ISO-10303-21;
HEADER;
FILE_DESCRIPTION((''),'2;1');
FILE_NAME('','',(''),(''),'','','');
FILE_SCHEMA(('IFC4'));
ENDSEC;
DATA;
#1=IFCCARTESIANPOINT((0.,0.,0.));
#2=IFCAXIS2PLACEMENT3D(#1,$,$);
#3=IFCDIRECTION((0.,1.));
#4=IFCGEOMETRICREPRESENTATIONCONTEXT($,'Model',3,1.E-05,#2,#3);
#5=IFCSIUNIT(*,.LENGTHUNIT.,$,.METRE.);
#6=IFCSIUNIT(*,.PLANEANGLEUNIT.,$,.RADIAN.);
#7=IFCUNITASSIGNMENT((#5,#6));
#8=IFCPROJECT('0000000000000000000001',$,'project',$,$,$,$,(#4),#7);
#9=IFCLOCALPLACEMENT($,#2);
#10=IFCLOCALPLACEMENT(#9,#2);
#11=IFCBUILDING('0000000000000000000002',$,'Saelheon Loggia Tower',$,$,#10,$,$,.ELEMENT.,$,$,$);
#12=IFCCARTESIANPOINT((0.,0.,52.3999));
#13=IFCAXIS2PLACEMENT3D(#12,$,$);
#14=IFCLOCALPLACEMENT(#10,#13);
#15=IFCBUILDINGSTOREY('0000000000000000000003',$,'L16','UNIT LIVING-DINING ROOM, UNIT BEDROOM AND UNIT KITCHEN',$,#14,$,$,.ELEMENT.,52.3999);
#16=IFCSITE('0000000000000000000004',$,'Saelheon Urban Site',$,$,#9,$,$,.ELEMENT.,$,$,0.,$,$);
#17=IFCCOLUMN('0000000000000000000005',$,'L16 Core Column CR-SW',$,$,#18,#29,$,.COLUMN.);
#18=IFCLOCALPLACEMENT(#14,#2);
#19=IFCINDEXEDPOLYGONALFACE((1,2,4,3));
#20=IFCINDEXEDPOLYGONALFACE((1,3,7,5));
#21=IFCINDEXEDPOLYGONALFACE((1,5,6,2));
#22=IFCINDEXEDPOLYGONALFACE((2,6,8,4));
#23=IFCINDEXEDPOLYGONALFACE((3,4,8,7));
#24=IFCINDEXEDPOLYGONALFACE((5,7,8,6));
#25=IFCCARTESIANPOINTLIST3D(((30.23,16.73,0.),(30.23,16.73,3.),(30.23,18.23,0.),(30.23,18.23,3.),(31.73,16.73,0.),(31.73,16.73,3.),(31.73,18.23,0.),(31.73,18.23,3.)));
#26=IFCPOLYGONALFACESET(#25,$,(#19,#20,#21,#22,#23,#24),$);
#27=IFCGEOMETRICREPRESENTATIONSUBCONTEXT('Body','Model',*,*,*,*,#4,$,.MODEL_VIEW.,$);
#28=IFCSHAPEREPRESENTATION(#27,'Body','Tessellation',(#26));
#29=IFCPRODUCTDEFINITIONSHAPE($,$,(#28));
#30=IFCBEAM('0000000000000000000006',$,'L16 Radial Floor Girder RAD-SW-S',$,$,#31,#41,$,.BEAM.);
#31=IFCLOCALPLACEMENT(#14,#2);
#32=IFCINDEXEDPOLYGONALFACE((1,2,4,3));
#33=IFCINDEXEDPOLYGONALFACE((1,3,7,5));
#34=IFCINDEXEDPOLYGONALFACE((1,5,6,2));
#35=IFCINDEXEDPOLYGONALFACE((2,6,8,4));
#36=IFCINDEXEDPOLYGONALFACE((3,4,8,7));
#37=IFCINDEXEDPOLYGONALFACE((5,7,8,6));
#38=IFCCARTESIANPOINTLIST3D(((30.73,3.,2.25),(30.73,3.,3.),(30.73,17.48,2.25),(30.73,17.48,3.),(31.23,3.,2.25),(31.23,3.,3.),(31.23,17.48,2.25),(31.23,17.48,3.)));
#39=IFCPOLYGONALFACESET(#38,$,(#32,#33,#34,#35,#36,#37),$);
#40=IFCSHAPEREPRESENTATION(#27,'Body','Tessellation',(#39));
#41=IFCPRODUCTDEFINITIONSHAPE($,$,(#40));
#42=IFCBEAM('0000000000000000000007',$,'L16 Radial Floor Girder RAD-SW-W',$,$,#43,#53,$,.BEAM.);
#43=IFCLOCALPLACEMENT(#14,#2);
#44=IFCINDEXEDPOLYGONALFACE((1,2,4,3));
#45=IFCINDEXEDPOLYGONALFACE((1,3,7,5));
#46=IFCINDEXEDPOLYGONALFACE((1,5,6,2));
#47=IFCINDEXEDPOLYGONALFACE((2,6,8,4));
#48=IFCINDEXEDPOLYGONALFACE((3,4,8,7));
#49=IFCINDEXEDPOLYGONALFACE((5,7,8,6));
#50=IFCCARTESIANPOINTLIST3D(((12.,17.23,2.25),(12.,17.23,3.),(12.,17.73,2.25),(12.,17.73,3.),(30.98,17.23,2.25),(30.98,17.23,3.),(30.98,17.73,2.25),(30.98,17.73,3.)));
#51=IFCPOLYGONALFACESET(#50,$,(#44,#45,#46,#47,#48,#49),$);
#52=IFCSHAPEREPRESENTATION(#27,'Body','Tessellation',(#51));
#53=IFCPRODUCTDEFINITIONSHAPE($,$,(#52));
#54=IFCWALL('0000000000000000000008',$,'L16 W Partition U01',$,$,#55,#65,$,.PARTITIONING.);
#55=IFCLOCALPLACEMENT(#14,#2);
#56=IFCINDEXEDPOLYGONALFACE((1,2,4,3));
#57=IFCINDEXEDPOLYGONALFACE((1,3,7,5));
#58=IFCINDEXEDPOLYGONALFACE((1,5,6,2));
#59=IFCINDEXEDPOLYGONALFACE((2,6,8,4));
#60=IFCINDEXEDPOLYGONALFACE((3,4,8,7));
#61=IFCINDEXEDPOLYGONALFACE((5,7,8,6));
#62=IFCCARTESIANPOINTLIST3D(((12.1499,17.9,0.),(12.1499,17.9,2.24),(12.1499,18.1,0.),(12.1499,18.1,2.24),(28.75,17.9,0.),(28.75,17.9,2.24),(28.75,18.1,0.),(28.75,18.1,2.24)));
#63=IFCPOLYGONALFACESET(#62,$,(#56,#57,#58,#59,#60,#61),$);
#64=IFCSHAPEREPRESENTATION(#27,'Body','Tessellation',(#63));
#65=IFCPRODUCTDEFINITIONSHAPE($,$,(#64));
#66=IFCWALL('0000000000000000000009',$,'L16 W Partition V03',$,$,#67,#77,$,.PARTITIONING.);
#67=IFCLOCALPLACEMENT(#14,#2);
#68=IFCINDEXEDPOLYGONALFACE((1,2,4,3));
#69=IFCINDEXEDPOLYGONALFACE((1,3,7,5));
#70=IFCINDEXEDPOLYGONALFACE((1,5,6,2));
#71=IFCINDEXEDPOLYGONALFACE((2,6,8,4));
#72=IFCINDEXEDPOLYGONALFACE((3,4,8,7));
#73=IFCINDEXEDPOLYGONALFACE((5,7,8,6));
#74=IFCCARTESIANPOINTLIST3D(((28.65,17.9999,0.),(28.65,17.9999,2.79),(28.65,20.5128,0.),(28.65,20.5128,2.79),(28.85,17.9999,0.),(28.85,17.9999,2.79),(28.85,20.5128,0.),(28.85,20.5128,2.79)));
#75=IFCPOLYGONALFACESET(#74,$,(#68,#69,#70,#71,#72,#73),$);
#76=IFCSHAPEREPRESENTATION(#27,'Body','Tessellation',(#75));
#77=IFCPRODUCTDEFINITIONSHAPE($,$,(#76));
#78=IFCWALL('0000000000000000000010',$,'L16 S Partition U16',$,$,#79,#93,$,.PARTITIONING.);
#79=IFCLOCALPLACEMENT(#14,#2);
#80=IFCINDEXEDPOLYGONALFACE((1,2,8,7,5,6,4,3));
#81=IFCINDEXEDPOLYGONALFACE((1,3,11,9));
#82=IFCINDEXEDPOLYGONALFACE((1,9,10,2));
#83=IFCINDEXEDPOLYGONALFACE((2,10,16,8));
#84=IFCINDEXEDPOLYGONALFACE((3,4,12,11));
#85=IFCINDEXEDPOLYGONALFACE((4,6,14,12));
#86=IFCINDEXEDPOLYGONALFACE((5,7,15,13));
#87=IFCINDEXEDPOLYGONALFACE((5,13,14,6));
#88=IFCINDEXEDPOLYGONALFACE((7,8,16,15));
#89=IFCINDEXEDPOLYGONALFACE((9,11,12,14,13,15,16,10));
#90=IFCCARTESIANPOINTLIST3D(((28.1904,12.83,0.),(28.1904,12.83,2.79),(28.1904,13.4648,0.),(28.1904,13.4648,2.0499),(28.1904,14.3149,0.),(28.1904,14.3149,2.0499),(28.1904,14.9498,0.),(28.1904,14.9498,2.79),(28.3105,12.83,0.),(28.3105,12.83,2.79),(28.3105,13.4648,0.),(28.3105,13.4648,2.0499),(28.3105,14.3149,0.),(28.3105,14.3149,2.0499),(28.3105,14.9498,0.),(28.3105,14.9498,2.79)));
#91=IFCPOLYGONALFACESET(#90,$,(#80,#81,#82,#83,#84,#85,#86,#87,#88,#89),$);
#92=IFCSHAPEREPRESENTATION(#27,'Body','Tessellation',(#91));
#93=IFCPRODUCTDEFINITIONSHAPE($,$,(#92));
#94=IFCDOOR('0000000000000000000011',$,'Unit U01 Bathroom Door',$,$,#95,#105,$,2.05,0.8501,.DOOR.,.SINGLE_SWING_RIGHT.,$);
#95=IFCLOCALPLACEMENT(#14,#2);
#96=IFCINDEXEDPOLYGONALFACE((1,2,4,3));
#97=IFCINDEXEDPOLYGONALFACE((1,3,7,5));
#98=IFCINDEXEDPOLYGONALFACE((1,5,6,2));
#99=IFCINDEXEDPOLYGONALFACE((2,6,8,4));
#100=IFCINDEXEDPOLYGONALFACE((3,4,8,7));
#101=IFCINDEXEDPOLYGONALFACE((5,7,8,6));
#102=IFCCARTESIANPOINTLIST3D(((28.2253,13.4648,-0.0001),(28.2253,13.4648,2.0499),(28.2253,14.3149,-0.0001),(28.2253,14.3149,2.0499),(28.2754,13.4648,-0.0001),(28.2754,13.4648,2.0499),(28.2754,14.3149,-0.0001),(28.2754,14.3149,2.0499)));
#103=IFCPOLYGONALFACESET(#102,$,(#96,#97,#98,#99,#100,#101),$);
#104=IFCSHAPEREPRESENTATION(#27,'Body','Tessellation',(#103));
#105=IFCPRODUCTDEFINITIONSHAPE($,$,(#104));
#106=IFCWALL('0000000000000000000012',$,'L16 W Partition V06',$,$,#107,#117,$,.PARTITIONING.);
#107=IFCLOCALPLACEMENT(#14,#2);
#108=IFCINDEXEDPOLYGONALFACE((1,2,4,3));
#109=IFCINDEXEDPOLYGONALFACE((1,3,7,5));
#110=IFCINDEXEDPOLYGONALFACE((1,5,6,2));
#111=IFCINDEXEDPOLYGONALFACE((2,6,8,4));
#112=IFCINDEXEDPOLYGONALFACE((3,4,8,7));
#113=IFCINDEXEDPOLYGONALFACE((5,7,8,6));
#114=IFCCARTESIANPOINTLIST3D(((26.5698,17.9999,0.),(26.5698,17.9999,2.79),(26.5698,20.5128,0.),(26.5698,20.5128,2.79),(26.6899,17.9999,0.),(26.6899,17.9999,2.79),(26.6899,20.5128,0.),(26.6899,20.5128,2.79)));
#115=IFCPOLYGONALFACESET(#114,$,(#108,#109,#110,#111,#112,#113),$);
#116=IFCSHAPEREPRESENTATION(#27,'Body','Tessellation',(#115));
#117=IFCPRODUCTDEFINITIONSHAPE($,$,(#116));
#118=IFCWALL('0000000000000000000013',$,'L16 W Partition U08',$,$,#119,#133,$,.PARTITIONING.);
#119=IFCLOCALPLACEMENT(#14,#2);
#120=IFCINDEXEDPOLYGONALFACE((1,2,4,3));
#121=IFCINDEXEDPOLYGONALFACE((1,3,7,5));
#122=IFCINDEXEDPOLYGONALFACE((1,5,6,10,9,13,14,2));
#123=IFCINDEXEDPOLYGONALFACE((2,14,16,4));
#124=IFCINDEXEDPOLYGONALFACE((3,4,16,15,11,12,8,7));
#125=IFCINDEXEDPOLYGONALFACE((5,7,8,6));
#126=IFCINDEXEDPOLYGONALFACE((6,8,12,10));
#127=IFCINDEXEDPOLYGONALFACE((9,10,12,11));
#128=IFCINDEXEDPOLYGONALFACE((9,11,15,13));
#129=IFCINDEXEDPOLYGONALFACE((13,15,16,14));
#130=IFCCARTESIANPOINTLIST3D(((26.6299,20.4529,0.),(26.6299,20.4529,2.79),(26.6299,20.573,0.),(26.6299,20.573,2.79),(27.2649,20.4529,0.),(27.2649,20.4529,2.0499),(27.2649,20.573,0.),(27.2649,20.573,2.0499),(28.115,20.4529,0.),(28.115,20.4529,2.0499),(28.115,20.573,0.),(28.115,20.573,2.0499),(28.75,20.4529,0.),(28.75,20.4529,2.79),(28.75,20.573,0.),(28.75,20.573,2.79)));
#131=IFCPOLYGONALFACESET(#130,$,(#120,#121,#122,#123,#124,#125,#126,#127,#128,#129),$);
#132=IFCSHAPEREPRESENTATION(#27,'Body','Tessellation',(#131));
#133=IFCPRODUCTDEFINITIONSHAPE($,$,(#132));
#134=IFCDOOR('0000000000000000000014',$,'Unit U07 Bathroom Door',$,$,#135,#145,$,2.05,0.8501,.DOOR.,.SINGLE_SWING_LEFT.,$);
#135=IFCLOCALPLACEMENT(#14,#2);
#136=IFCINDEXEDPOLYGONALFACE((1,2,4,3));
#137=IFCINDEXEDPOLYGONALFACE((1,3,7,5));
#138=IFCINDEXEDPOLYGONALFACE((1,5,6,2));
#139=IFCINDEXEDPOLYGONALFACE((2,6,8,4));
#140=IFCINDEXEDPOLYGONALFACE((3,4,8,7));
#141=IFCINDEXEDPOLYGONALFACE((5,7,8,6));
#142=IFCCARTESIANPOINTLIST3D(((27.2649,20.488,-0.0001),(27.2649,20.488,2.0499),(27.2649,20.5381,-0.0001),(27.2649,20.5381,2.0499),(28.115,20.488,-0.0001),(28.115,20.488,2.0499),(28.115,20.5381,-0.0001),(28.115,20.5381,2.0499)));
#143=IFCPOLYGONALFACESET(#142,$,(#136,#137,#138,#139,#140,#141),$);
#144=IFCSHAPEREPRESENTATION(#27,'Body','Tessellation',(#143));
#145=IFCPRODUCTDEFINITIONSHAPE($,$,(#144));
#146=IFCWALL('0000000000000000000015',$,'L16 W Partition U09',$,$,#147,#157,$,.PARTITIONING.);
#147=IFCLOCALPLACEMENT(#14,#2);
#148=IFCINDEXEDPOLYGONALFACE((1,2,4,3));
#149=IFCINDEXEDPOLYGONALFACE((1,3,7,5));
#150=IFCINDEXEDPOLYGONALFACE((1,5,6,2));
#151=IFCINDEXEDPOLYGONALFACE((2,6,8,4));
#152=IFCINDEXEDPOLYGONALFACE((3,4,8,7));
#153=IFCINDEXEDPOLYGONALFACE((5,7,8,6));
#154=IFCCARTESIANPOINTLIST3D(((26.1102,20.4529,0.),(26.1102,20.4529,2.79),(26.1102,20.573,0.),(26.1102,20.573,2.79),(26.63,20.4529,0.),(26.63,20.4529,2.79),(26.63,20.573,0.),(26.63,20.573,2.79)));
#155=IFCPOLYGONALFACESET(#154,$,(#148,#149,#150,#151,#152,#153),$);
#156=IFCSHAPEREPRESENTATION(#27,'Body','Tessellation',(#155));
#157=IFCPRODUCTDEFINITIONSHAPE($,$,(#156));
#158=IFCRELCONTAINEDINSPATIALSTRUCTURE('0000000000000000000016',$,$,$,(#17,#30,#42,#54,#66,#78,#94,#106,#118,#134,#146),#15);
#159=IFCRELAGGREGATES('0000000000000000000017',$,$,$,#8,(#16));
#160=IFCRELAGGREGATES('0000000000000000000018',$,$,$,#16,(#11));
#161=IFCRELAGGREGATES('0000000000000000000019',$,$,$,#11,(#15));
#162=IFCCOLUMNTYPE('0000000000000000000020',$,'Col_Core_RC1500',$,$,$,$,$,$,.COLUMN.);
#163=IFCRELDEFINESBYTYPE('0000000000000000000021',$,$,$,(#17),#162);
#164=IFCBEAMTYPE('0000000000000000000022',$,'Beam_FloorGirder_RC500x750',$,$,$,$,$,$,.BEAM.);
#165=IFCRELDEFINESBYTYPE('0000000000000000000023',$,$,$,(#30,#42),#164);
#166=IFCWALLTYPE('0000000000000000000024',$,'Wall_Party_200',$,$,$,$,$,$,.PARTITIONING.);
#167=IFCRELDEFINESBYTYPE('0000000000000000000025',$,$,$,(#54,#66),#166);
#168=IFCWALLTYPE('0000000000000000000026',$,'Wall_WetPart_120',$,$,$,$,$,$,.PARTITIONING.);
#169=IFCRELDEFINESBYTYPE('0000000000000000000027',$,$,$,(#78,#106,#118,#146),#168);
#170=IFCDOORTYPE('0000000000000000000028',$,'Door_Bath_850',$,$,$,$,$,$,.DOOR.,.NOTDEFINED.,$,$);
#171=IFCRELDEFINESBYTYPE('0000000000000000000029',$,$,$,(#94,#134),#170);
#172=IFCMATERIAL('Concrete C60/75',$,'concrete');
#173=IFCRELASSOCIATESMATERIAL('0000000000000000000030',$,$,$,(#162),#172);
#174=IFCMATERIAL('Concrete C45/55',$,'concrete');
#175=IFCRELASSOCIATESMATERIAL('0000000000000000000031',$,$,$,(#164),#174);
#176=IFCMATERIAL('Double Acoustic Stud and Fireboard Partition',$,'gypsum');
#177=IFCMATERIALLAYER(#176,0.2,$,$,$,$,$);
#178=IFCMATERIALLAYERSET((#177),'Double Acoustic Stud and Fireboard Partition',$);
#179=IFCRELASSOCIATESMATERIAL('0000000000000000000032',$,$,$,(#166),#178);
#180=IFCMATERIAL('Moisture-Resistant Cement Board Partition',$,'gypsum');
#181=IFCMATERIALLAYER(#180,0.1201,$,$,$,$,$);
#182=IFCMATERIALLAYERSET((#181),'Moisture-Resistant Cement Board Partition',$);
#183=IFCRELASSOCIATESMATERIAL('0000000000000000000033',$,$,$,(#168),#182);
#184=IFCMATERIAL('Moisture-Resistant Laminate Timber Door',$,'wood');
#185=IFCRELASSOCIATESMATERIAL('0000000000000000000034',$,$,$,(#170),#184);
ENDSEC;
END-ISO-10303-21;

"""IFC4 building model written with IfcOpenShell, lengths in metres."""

from ifc_helpers import new_model, si_unit, direction, frame, frame_2d, origin, origin_2d, place, context, subcontext, project, spatial, rectangle, extrude, source, transform, mapped, material, layer, layer_set, material_profile, profile_set, type_object, element, fill, save


model = new_model("IFC4")

# Units and contexts
model_context = context("Model", 3, precision=1e-05, world=origin(), true_north=direction((0.0, 1.0)))
body_context = subcontext(model_context, "Body", "Model", "MODEL_VIEW")
ifc_project = project(units=[si_unit("LENGTHUNIT", "METRE"), si_unit("PLANEANGLEUNIT", "RADIAN")], contexts=[model_context])

# Site, building, storey
site_placement = place(None, origin())
site = spatial("IfcSite", under=ifc_project, at=site_placement, Name="Saelheon Urban Site", CompositionType="ELEMENT", RefElevation=0.0)
building_placement = place(site_placement, origin())
building = spatial("IfcBuilding", under=site, at=building_placement, Name="Saelheon Loggia Tower", CompositionType="ELEMENT")
storey_placement = place(building_placement, frame((0.0, 0.0, 52.3999)))
storey = spatial("IfcBuildingStorey", under=building, at=storey_placement, Name="L16", Description="UNIT LIVING-DINING ROOM, UNIT BEDROOM AND UNIT KITCHEN", CompositionType="ELEMENT", Elevation=52.3999)

# Column
ifc_material_1 = material(Name="Concrete C60/75", Category="concrete")
ifc_material_profile_1 = material_profile(ifc_material_1, rectangle(XDim=1.5, YDim=1.5, at=origin_2d()), Name="RC-1500x1500")
ifc_profile_set_1 = profile_set([ifc_material_profile_1], Name="Concrete C60/75")
column_type = type_object("IfcColumnType", Name="Col_Core_RC1500", PredefinedType="COLUMN", material=ifc_profile_set_1)
shared_shape_1 = source(origin(), body_context, "Body", "SweptSolid", [
    extrude(rectangle(XDim=1.5, YDim=1.5, at=origin_2d()), origin(), (0.0, 0.0, 1.0), 3.0),
])
column_placement = place(storey_placement, frame((30.98, 17.48, 0.0), z_axis=(0.0, 0.0, 1.0), x_axis=(1.0, 0.0, 0.0)))
element("IfcColumn", 1, at=column_placement, inside=storey, type_object=column_type, Name="L16 Core Column CR-SW", PredefinedType="COLUMN", context=body_context, shape_type="MappedRepresentation", body=[
    mapped(shared_shape_1, transform((0.0, 0.0, 0.0), scale=1.0)),
])

# Beams
ifc_material_2 = material(Name="Concrete C45/55", Category="concrete")
ifc_material_profile_2 = material_profile(ifc_material_2, rectangle(XDim=0.5, YDim=0.75, at=origin_2d()), Name="RC-500x750")
ifc_profile_set_2 = profile_set([ifc_material_profile_2], Name="Concrete C45/55")
beam_type = type_object("IfcBeamType", Name="Beam_FloorGirder_RC500x750", PredefinedType="BEAM", material=ifc_profile_set_2)
shared_shape_2 = source(origin(), body_context, "Body", "SweptSolid", [
    extrude(rectangle(XDim=0.5, YDim=0.75, at=origin_2d()), origin(), (0.0, 0.0, 1.0), 14.48),
])
beam_1_placement = place(storey_placement, frame((30.98, 17.48, 2.625), z_axis=(0.0, -1.0, 0.0), x_axis=(1.0, 0.0, 0.0)))
element("IfcBeam", 2, at=beam_1_placement, inside=storey, type_object=beam_type, Name="L16 Radial Floor Girder RAD-SW-S", PredefinedType="BEAM", context=body_context, shape_type="MappedRepresentation", body=[
    mapped(shared_shape_2, transform((0.0, 0.0, 0.0), scale=1.0)),
])
shared_shape_3 = source(origin(), body_context, "Body", "SweptSolid", [
    extrude(rectangle(XDim=0.5, YDim=0.75, at=origin_2d()), origin(), (0.0, 0.0, 1.0), 18.98),
])
beam_2_placement = place(storey_placement, frame((30.98, 17.48, 2.625), z_axis=(-1.0, 0.0, 0.0), x_axis=(0.0, -1.0, 0.0)))
element("IfcBeam", 3, at=beam_2_placement, inside=storey, type_object=beam_type, Name="L16 Radial Floor Girder RAD-SW-W", PredefinedType="BEAM", context=body_context, shape_type="MappedRepresentation", body=[
    mapped(shared_shape_3, transform((0.0, 0.0, 0.0), scale=1.0)),
])

# Shared definitions
ifc_material_3 = material(Name="Double Acoustic Stud and Fireboard Partition", Category="gypsum")
ifc_layer_1 = layer(ifc_material_3, 0.2)
ifc_layer_set_1 = layer_set([ifc_layer_1], Name="Double Acoustic Stud and Fireboard Partition")
wall_type_1 = type_object("IfcWallType", Name="Wall_Party_200", PredefinedType="PARTITIONING", material=ifc_layer_set_1)

# Walls
wall_1_placement = place(storey_placement, frame((28.75, 18.0, 0.0), z_axis=(0.0, 0.0, 1.0), x_axis=(-1.0, 0.0, 0.0)))
element("IfcWall", 4, at=wall_1_placement, inside=storey, type_object=wall_type_1, Name="L16 W Partition U01", PredefinedType="PARTITIONING", context=body_context, shape_type="SweptSolid", body=[
    extrude(rectangle(XDim=16.6001, YDim=0.2, at=frame_2d((8.3, 0.0))), origin(), (0.0, 0.0, 1.0), 2.24),
])
wall_2_placement = place(storey_placement, frame((28.75, 18.0, 0.0), z_axis=(0.0, 0.0, 1.0), x_axis=(0.0, 1.0, 0.0)))
element("IfcWall", 5, at=wall_2_placement, inside=storey, type_object=wall_type_1, Name="L16 W Partition V03", PredefinedType="PARTITIONING", context=body_context, shape_type="SweptSolid", body=[
    extrude(rectangle(XDim=2.5129, YDim=0.2, at=frame_2d((1.2563, 0.0))), origin(), (0.0, 0.0, 1.0), 2.79),
])

# Wall, opening, door
ifc_material_4 = material(Name="Moisture-Resistant Cement Board Partition", Category="gypsum")
ifc_layer_2 = layer(ifc_material_4, 0.1201)
ifc_layer_set_2 = layer_set([ifc_layer_2], Name="Moisture-Resistant Cement Board Partition")
wall_type_2 = type_object("IfcWallType", Name="Wall_WetPart_120", PredefinedType="PARTITIONING", material=ifc_layer_set_2)
wall_3_placement = place(storey_placement, frame((28.2505, 14.95, 0.0), z_axis=(0.0, 0.0, 1.0), x_axis=(0.0, -1.0, 0.0)))
wall_3 = element("IfcWall", 6, at=wall_3_placement, inside=storey, type_object=wall_type_2, Name="L16 S Partition U16", PredefinedType="PARTITIONING", context=body_context, shape_type="SweptSolid", body=[
    extrude(rectangle(XDim=2.1199, YDim=0.1201, at=frame_2d((1.0601, 0.0))), origin(), (0.0, 0.0, 1.0), 2.79),
])
opening_1_placement = place(wall_3_placement, frame((0.635, 0.0, 0.0)))
opening_1 = element("IfcOpeningElement", 7, at=opening_1_placement, cuts=wall_3, PredefinedType="OPENING", context=body_context, shape_type="SweptSolid", body=[
    extrude(rectangle(XDim=0.8501, YDim=2.05, at=frame_2d((0.425, 1.0249))), frame((0.0, 0.072, 0.0), z_axis=(0.0, -1.0, 0.0), x_axis=(1.0, 0.0, 0.0)), (0.0, 0.0, 1.0), 0.144),
])
ifc_material_5 = material(Name="Moisture-Resistant Laminate Timber Door", Category="wood")
door_type_1 = type_object("IfcDoorType", Name="Door_Bath_850", OperationType="NOTDEFINED", PredefinedType="DOOR", material=ifc_material_5)
shared_shape_4 = source(origin(), body_context, "Body", "SweptSolid", [
    extrude(rectangle(XDim=0.8501, YDim=2.05, at=frame_2d((0.425, 1.0249))), frame((0.0, 0.0249, 0.0), z_axis=(0.0, -1.0, 0.0), x_axis=(1.0, 0.0, 0.0)), (0.0, 0.0, 1.0), 0.05),
])
door_1_placement = place(opening_1_placement, origin())
door_1 = element("IfcDoor", 8, at=door_1_placement, inside=storey, type_object=door_type_1, Name="Unit U01 Bathroom Door", OperationType="SINGLE_SWING_RIGHT", OverallHeight=2.05, OverallWidth=0.8501, PredefinedType="DOOR", context=body_context, shape_type="MappedRepresentation", body=[
    mapped(shared_shape_4, transform((0.0, 0.0, 0.0), scale=1.0)),
])
fill(opening_1, door_1)

# Wall
wall_4_placement = place(storey_placement, frame((26.6299, 18.0, 0.0), z_axis=(0.0, 0.0, 1.0), x_axis=(0.0, 1.0, 0.0)))
element("IfcWall", 9, at=wall_4_placement, inside=storey, type_object=wall_type_2, Name="L16 W Partition V06", PredefinedType="PARTITIONING", context=body_context, shape_type="SweptSolid", body=[
    extrude(rectangle(XDim=2.5129, YDim=0.1201, at=frame_2d((1.2563, 0.0))), origin(), (0.0, 0.0, 1.0), 2.79),
])

# Wall, opening, door
wall_5_placement = place(storey_placement, frame((28.75, 20.5129, 0.0), z_axis=(0.0, 0.0, 1.0), x_axis=(-1.0, 0.0, 0.0)))
wall_5 = element("IfcWall", 10, at=wall_5_placement, inside=storey, type_object=wall_type_2, Name="L16 W Partition U08", PredefinedType="PARTITIONING", context=body_context, shape_type="SweptSolid", body=[
    extrude(rectangle(XDim=2.1201, YDim=0.1201, at=frame_2d((1.0601, 0.0))), origin(), (0.0, 0.0, 1.0), 2.79),
])
opening_2_placement = place(wall_5_placement, frame((0.635, 0.0, 0.0)))
opening_2 = element("IfcOpeningElement", 11, at=opening_2_placement, cuts=wall_5, PredefinedType="OPENING", context=body_context, shape_type="SweptSolid", body=[
    extrude(rectangle(XDim=0.8501, YDim=2.05, at=frame_2d((0.425, 1.0249))), frame((0.0, 0.072, 0.0), z_axis=(0.0, -1.0, 0.0), x_axis=(1.0, 0.0, 0.0)), (0.0, 0.0, 1.0), 0.144),
])
door_2_placement = place(opening_2_placement, origin())
door_2 = element("IfcDoor", 12, at=door_2_placement, inside=storey, type_object=door_type_1, Name="Unit U07 Bathroom Door", OperationType="SINGLE_SWING_LEFT", OverallHeight=2.05, OverallWidth=0.8501, PredefinedType="DOOR", context=body_context, shape_type="MappedRepresentation", body=[
    mapped(shared_shape_4, transform((0.0, 0.0, 0.0), scale=1.0)),
])
fill(opening_2, door_2)

# Wall
wall_6_placement = place(storey_placement, frame((26.6299, 20.5129, 0.0), z_axis=(0.0, 0.0, 1.0), x_axis=(-1.0, 0.0, 0.0)))
element("IfcWall", 13, at=wall_6_placement, inside=storey, type_object=wall_type_2, Name="L16 W Partition U09", PredefinedType="PARTITIONING", context=body_context, shape_type="SweptSolid", body=[
    extrude(rectangle(XDim=0.5198, YDim=0.1201, at=frame_2d((0.2598, 0.0))), origin(), (0.0, 0.0, 1.0), 2.79),
])

save(model, "model.ifc")
